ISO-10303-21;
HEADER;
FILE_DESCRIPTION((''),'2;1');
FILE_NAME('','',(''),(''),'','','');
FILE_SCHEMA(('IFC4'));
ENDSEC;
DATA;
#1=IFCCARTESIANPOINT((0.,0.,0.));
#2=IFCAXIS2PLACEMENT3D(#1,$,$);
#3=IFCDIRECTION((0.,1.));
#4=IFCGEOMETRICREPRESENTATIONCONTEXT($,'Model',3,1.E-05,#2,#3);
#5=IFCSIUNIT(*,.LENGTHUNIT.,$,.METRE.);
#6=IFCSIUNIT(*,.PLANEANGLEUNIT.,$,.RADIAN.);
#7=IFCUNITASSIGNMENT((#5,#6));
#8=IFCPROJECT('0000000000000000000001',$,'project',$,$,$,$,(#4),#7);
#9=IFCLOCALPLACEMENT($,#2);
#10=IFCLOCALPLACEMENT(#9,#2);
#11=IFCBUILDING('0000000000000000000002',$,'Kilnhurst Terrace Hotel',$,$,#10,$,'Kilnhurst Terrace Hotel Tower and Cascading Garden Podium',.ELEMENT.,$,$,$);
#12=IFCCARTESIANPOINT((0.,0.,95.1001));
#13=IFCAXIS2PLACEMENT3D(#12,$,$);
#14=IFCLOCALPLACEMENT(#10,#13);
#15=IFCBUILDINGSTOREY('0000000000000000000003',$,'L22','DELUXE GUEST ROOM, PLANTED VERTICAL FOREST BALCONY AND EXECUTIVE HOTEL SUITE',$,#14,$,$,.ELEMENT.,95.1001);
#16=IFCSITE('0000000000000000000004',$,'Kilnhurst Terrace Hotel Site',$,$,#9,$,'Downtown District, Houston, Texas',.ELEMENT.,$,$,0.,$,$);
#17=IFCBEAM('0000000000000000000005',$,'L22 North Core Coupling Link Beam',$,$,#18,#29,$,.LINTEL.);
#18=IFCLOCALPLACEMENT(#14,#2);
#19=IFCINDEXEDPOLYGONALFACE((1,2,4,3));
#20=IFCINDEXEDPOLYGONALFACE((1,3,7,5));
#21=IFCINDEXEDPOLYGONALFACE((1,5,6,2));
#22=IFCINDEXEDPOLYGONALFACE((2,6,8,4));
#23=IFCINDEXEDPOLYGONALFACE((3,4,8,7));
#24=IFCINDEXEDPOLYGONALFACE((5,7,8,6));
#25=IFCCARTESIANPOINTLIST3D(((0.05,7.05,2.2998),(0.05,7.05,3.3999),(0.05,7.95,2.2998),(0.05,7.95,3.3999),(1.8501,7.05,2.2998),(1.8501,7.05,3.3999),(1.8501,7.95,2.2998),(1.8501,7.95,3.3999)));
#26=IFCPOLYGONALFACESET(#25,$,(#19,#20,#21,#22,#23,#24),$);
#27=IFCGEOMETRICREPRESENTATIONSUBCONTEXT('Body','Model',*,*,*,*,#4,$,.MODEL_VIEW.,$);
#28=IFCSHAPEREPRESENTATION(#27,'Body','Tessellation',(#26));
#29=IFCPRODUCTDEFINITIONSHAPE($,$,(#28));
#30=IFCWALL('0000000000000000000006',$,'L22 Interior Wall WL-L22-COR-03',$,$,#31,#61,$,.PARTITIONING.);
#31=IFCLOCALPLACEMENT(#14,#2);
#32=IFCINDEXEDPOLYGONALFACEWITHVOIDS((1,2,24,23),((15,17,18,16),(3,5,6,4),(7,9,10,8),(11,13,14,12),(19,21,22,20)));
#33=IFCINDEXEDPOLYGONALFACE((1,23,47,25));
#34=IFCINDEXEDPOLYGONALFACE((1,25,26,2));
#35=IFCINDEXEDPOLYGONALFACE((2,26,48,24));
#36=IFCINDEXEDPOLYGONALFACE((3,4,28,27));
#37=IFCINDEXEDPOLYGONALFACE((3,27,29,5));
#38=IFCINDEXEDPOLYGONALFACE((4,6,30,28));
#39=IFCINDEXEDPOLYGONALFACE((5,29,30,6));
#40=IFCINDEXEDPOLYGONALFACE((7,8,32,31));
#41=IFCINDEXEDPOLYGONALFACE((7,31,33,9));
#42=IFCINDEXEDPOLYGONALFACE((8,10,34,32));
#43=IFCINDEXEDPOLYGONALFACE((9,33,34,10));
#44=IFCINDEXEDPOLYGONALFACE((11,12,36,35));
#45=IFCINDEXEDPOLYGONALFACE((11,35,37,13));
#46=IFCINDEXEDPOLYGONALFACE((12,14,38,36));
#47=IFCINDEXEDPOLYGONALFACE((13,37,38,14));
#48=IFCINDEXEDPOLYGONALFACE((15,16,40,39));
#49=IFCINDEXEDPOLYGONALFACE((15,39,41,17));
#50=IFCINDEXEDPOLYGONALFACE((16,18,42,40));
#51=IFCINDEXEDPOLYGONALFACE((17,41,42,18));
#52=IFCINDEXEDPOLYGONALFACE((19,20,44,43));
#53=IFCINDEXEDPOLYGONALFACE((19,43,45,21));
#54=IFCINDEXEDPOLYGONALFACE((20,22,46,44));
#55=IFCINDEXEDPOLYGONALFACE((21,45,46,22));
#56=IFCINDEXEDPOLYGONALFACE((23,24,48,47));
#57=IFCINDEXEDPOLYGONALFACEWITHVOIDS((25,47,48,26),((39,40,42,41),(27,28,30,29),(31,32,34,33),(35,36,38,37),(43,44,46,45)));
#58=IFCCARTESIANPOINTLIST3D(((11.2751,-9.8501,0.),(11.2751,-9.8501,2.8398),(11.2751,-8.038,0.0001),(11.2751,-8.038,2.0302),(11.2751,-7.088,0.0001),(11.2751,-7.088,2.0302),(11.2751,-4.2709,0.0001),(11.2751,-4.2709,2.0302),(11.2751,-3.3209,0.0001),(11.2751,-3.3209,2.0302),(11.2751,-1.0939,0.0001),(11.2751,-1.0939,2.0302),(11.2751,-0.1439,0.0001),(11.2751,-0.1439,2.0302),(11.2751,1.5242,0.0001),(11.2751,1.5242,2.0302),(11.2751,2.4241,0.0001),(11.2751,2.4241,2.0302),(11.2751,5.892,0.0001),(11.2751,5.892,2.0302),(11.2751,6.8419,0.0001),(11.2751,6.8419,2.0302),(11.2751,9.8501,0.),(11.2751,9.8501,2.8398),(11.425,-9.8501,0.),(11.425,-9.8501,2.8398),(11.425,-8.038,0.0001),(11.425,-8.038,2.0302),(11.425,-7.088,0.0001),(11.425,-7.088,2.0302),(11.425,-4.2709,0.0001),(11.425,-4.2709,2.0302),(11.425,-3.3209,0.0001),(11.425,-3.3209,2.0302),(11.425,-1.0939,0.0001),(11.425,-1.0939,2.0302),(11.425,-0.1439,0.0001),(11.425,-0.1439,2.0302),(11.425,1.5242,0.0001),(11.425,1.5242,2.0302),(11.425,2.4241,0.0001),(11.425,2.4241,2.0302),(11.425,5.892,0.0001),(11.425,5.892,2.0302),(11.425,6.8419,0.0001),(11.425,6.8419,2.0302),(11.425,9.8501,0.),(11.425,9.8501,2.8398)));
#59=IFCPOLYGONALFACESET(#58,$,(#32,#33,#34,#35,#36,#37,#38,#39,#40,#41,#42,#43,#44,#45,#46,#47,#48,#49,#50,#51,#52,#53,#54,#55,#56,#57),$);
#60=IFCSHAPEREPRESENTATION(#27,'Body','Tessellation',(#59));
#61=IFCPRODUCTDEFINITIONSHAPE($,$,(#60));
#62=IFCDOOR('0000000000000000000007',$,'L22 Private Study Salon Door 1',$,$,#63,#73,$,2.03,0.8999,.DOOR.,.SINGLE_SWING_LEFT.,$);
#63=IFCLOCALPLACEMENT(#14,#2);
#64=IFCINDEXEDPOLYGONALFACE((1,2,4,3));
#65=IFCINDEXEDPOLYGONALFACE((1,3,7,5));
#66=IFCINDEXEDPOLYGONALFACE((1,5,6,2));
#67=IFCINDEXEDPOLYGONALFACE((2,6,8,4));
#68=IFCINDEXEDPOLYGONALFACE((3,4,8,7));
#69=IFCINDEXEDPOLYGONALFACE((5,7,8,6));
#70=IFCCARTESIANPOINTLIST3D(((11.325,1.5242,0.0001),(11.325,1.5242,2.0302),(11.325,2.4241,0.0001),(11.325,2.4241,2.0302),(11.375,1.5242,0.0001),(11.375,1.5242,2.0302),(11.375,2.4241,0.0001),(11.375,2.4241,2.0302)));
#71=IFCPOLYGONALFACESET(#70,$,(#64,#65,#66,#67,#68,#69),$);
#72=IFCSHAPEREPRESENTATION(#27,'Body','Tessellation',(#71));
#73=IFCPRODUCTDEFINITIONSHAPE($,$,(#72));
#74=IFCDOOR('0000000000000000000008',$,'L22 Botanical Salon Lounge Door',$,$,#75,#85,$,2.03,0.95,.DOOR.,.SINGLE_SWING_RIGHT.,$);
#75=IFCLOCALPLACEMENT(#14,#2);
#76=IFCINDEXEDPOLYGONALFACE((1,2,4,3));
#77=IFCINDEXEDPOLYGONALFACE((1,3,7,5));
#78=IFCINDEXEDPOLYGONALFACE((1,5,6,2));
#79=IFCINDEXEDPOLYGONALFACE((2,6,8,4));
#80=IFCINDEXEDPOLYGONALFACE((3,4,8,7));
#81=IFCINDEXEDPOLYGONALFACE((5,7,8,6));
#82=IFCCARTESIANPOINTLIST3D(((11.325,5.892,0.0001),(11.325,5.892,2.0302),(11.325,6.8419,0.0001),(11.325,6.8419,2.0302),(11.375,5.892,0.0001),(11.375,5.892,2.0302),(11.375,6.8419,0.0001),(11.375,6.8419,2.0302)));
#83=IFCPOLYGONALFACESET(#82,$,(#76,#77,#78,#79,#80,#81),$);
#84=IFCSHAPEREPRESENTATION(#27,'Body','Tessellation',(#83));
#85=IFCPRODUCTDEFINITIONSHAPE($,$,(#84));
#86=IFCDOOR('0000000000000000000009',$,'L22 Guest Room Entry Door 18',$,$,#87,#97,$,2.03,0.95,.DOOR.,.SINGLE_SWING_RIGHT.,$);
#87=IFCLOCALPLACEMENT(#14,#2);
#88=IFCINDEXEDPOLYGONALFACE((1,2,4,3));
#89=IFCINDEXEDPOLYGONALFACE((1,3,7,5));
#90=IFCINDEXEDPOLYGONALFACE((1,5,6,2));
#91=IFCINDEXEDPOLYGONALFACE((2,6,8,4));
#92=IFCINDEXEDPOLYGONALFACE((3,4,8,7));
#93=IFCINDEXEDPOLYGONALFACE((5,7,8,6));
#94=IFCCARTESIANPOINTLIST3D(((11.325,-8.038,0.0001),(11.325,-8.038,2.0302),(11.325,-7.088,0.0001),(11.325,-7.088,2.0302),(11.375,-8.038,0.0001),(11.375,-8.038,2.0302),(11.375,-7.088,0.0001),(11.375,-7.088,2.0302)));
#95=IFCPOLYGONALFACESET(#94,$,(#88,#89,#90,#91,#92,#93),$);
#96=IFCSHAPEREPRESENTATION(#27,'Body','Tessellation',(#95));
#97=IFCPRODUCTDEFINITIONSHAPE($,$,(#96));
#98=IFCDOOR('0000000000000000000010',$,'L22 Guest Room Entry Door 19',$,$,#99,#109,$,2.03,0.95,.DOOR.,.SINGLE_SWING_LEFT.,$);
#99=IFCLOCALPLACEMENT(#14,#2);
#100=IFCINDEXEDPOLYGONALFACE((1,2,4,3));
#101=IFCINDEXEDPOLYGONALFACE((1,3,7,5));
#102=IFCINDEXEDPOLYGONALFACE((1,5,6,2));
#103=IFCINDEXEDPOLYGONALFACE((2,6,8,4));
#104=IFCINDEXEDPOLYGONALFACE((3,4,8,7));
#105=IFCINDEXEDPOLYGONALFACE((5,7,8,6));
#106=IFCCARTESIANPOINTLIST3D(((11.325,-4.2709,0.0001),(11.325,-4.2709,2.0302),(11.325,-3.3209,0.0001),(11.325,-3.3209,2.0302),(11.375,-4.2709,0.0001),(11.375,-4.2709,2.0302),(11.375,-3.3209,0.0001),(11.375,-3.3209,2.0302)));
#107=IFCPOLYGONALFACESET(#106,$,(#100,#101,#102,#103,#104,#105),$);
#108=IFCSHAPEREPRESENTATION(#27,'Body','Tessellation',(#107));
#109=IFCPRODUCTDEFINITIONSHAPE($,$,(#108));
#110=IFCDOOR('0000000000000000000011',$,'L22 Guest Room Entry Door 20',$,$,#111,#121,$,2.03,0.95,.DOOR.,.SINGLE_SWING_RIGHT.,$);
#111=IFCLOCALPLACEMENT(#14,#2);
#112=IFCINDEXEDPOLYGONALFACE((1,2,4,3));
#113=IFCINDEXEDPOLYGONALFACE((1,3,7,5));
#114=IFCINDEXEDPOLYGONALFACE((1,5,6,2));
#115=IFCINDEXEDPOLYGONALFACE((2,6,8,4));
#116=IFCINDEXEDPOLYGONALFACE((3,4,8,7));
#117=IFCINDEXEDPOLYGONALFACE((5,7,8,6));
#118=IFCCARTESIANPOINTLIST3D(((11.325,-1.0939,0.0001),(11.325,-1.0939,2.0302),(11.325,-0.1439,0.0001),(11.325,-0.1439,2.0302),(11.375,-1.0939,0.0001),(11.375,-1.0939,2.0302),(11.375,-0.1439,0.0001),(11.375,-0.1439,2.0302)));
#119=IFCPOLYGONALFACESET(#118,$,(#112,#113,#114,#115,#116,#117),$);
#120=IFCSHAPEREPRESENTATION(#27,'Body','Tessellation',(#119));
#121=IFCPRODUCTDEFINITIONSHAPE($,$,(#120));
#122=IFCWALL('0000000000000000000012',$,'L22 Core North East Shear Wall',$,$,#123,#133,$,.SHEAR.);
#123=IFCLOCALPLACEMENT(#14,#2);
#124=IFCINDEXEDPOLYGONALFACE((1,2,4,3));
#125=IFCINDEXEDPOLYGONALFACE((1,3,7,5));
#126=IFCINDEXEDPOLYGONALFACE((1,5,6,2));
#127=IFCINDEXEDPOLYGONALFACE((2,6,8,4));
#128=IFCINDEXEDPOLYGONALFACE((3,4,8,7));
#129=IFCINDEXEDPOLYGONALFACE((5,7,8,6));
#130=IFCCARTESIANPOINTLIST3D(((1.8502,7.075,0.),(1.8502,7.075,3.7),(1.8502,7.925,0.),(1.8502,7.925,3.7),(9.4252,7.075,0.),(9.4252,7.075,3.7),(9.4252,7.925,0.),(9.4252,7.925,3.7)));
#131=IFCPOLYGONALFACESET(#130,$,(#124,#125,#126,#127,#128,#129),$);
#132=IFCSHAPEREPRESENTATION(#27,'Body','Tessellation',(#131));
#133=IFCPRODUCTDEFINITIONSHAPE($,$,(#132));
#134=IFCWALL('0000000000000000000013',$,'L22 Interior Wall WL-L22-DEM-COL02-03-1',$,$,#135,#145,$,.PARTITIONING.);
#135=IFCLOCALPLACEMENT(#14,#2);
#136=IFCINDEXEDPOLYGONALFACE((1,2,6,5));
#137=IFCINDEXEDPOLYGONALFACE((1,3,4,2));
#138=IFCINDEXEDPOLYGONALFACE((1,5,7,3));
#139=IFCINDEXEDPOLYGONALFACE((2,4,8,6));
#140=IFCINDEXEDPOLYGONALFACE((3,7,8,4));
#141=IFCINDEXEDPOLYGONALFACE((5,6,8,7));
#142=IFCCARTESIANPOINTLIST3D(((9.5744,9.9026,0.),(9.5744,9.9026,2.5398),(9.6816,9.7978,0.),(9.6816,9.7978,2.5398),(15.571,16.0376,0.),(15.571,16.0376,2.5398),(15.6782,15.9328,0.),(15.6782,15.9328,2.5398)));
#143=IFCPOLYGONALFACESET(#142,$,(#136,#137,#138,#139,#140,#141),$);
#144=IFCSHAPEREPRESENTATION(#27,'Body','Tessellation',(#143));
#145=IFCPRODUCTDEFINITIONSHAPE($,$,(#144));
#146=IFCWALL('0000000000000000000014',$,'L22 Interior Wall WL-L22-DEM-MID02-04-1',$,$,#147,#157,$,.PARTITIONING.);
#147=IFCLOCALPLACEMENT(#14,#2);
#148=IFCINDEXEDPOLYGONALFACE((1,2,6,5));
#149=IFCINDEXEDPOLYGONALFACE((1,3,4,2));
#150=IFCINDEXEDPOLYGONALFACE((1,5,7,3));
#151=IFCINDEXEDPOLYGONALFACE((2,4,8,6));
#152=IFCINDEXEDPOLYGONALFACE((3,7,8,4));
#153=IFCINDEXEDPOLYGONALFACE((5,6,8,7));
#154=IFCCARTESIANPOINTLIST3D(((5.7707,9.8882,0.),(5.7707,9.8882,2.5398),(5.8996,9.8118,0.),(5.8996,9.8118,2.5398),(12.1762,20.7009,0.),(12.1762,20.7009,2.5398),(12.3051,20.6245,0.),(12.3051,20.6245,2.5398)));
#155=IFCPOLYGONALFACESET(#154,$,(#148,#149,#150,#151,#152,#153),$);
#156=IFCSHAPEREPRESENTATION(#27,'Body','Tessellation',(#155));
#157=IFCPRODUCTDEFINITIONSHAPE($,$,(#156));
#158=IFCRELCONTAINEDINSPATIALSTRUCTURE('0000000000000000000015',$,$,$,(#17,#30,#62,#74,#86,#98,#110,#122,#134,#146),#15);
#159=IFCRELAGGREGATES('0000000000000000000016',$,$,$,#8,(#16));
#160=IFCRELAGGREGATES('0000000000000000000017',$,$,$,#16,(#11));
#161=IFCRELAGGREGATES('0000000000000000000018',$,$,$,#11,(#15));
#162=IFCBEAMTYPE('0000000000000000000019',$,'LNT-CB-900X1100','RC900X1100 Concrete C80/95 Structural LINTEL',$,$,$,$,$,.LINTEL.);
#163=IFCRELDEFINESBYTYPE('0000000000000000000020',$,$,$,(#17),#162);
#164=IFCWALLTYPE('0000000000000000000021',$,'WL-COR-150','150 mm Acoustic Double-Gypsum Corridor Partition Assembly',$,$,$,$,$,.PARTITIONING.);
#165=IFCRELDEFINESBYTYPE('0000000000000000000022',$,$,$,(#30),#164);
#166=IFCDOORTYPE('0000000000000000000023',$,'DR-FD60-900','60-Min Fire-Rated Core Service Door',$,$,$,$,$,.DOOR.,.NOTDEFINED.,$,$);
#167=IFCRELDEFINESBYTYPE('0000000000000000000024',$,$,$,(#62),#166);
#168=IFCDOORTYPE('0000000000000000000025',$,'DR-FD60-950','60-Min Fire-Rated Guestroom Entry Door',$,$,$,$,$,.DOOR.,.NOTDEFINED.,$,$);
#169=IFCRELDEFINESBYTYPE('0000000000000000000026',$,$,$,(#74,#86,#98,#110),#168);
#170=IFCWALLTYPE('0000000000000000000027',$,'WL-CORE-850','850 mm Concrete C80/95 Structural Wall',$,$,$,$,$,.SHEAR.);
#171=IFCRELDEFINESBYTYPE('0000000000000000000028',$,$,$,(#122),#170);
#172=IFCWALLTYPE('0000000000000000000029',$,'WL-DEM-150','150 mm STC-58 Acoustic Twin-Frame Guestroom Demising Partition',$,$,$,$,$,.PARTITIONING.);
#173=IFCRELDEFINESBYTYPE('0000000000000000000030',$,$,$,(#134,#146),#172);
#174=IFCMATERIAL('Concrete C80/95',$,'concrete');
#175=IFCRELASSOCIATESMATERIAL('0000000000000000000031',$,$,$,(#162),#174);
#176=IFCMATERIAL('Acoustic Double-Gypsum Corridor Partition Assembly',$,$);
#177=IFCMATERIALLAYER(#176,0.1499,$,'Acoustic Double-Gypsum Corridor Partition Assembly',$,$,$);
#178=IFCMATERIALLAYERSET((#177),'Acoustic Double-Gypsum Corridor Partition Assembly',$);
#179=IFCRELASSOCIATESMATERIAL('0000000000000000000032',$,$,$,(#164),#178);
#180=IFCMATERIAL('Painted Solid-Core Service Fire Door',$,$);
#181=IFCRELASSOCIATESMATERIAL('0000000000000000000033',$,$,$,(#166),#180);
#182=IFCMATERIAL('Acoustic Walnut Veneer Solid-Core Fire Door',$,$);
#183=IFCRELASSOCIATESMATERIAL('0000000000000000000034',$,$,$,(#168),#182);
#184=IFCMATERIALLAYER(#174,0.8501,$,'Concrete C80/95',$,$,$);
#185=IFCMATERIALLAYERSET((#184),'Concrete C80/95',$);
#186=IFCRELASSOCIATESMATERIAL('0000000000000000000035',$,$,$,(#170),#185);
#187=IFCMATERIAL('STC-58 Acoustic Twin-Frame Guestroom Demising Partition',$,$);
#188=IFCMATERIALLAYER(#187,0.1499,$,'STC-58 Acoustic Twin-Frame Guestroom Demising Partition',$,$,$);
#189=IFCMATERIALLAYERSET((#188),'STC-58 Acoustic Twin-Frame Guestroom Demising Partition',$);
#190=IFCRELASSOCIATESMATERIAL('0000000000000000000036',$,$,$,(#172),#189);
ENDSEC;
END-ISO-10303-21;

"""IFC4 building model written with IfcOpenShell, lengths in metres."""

from ifc_helpers import new_model, si_unit, direction, frame, frame_2d, origin, origin_2d, place, context, subcontext, project, spatial, rectangle, extrude, material, layer, layer_set, material_profile, profile_set, type_object, element, fill, save


model = new_model("IFC4")

# Units and contexts
model_context = context("Model", 3, precision=1e-05, world=origin(), true_north=direction((0.0, 1.0)))
body_context = subcontext(model_context, "Body", "Model", "MODEL_VIEW")
ifc_project = project(units=[si_unit("LENGTHUNIT", "METRE"), si_unit("PLANEANGLEUNIT", "RADIAN")], contexts=[model_context])

# Site, building, storey
site_placement = place(None, origin())
site = spatial("IfcSite", under=ifc_project, at=site_placement, Name="Kilnhurst Terrace Hotel Site", LongName="Downtown District, Houston, Texas", CompositionType="ELEMENT", RefElevation=0.0)
building_placement = place(site_placement, origin())
building = spatial("IfcBuilding", under=site, at=building_placement, Name="Kilnhurst Terrace Hotel", LongName="Kilnhurst Terrace Hotel Tower and Cascading Garden Podium", CompositionType="ELEMENT")
storey_placement = place(building_placement, frame((0.0, 0.0, 95.1001)))
storey = spatial("IfcBuildingStorey", under=building, at=storey_placement, Name="L22", Description="DELUXE GUEST ROOM, PLANTED VERTICAL FOREST BALCONY AND EXECUTIVE HOTEL SUITE", CompositionType="ELEMENT", Elevation=95.1001)

# Beam
ifc_material_1 = material(Name="Concrete C80/95", Category="concrete")
ifc_material_profile_1 = material_profile(ifc_material_1, rectangle(XDim=0.8999, YDim=1.1001, at=origin_2d()), Name="RC900X1100")
ifc_profile_set_1 = profile_set([ifc_material_profile_1], Name="Concrete C80/95")
beam_type_1 = type_object("IfcBeamType", Name="LNT-CB-900X1100", Description="RC900X1100 Concrete C80/95 Structural LINTEL", PredefinedType="LINTEL", material=ifc_profile_set_1)
beam_1_placement = place(storey_placement, frame((0.05, 7.5, 2.8499), z_axis=(1.0, 0.0, 0.0), x_axis=(0.0, 1.0, 0.0)))
element("IfcBeam", 1, at=beam_1_placement, inside=storey, type_object=beam_type_1, Name="L22 North Core Coupling Link Beam", PredefinedType="LINTEL", context=body_context, shape_type="SweptSolid", body=[
    extrude(rectangle(XDim=0.8999, YDim=1.1001, at=origin_2d()), origin(), (0.0, 0.0, 1.0), 1.8),
])

# Wall, openings, doors
ifc_material_2 = material(Name="Acoustic Double-Gypsum Corridor Partition Assembly")
ifc_layer_1 = layer(ifc_material_2, 0.1499, Name="Acoustic Double-Gypsum Corridor Partition Assembly")
ifc_layer_set_1 = layer_set([ifc_layer_1], Name="Acoustic Double-Gypsum Corridor Partition Assembly")
wall_type_1 = type_object("IfcWallType", Name="WL-COR-150", Description="150 mm Acoustic Double-Gypsum Corridor Partition Assembly", PredefinedType="PARTITIONING", material=ifc_layer_set_1)
wall_1_placement = place(storey_placement, frame((11.3501, 9.8501, 0.0), z_axis=(0.0, 0.0, 1.0), x_axis=(0.0, -1.0, 0.0)))
wall_1 = element("IfcWall", 2, at=wall_1_placement, inside=storey, type_object=wall_type_1, Name="L22 Interior Wall WL-L22-COR-03", PredefinedType="PARTITIONING", context=body_context, shape_type="SweptSolid", body=[
    extrude(rectangle(XDim=19.7002, YDim=0.1499, at=frame_2d((9.8501, 0.0))), origin(), (0.0, 0.0, 1.0), 2.8398),
])
opening_1_placement = place(wall_1_placement, frame((7.426, 0.0, 0.0)))
opening_1 = element("IfcOpeningElement", 3, at=opening_1_placement, cuts=wall_1, PredefinedType="OPENING", context=body_context, shape_type="SweptSolid", body=[
    extrude(rectangle(XDim=0.8999, YDim=2.03, at=frame_2d((0.45, 1.0151))), frame((0.0, 0.085, 0.0), z_axis=(0.0, -1.0, 0.0), x_axis=(1.0, 0.0, 0.0)), (0.0, 0.0, 1.0), 0.1699),
])
opening_2_placement = place(wall_1_placement, frame((3.0081, 0.0, 0.0)))
opening_2 = element("IfcOpeningElement", 4, at=opening_2_placement, cuts=wall_1, PredefinedType="OPENING", context=body_context, shape_type="SweptSolid", body=[
    extrude(rectangle(XDim=0.95, YDim=2.03, at=frame_2d((0.4751, 1.0151))), frame((0.0, 0.085, 0.0), z_axis=(0.0, -1.0, 0.0), x_axis=(1.0, 0.0, 0.0)), (0.0, 0.0, 1.0), 0.1699),
])
opening_3_placement = place(wall_1_placement, frame((16.938, 0.0, 0.0)))
opening_3 = element("IfcOpeningElement", 5, at=opening_3_placement, cuts=wall_1, PredefinedType="OPENING", context=body_context, shape_type="SweptSolid", body=[
    extrude(rectangle(XDim=0.95, YDim=2.03, at=frame_2d((0.4751, 1.0151))), frame((0.0, 0.085, 0.0), z_axis=(0.0, -1.0, 0.0), x_axis=(1.0, 0.0, 0.0)), (0.0, 0.0, 1.0), 0.1699),
])
opening_4_placement = place(wall_1_placement, frame((13.1709, 0.0, 0.0)))
opening_4 = element("IfcOpeningElement", 6, at=opening_4_placement, cuts=wall_1, PredefinedType="OPENING", context=body_context, shape_type="SweptSolid", body=[
    extrude(rectangle(XDim=0.95, YDim=2.03, at=frame_2d((0.4751, 1.0151))), frame((0.0, 0.085, 0.0), z_axis=(0.0, -1.0, 0.0), x_axis=(1.0, 0.0, 0.0)), (0.0, 0.0, 1.0), 0.1699),
])
opening_5_placement = place(wall_1_placement, frame((9.9939, 0.0, 0.0)))
opening_5 = element("IfcOpeningElement", 7, at=opening_5_placement, cuts=wall_1, PredefinedType="OPENING", context=body_context, shape_type="SweptSolid", body=[
    extrude(rectangle(XDim=0.95, YDim=2.03, at=frame_2d((0.4751, 1.0151))), frame((0.0, 0.085, 0.0), z_axis=(0.0, -1.0, 0.0), x_axis=(1.0, 0.0, 0.0)), (0.0, 0.0, 1.0), 0.1699),
])
ifc_material_3 = material(Name="Painted Solid-Core Service Fire Door")
door_type_1 = type_object("IfcDoorType", Name="DR-FD60-900", Description="60-Min Fire-Rated Core Service Door", OperationType="NOTDEFINED", PredefinedType="DOOR", material=ifc_material_3)
door_1_placement = place(opening_1_placement, origin())
door_1 = element("IfcDoor", 8, at=door_1_placement, inside=storey, type_object=door_type_1, Name="L22 Private Study Salon Door 1", OperationType="SINGLE_SWING_LEFT", OverallHeight=2.03, OverallWidth=0.8999, PredefinedType="DOOR", context=body_context, shape_type="SweptSolid", body=[
    extrude(rectangle(XDim=0.8999, YDim=2.03, at=frame_2d((0.45, 1.0151))), frame((0.0, 0.0249, 0.0), z_axis=(0.0, -1.0, 0.0), x_axis=(1.0, 0.0, 0.0)), (0.0, 0.0, 1.0), 0.05),
])
fill(opening_1, door_1)
ifc_material_4 = material(Name="Acoustic Walnut Veneer Solid-Core Fire Door")
door_type_2 = type_object("IfcDoorType", Name="DR-FD60-950", Description="60-Min Fire-Rated Guestroom Entry Door", OperationType="NOTDEFINED", PredefinedType="DOOR", material=ifc_material_4)
door_2_placement = place(opening_2_placement, origin())
door_2 = element("IfcDoor", 9, at=door_2_placement, inside=storey, type_object=door_type_2, Name="L22 Botanical Salon Lounge Door", OperationType="SINGLE_SWING_RIGHT", OverallHeight=2.03, OverallWidth=0.95, PredefinedType="DOOR", context=body_context, shape_type="SweptSolid", body=[
    extrude(rectangle(XDim=0.95, YDim=2.03, at=frame_2d((0.4751, 1.0151))), frame((0.0, 0.0249, 0.0), z_axis=(0.0, -1.0, 0.0), x_axis=(1.0, 0.0, 0.0)), (0.0, 0.0, 1.0), 0.05),
])
fill(opening_2, door_2)
door_3_placement = place(opening_3_placement, origin())
door_3 = element("IfcDoor", 10, at=door_3_placement, inside=storey, type_object=door_type_2, Name="L22 Guest Room Entry Door 18", OperationType="SINGLE_SWING_RIGHT", OverallHeight=2.03, OverallWidth=0.95, PredefinedType="DOOR", context=body_context, shape_type="SweptSolid", body=[
    extrude(rectangle(XDim=0.95, YDim=2.03, at=frame_2d((0.4751, 1.0151))), frame((0.0, 0.0249, 0.0), z_axis=(0.0, -1.0, 0.0), x_axis=(1.0, 0.0, 0.0)), (0.0, 0.0, 1.0), 0.05),
])
fill(opening_3, door_3)
door_4_placement = place(opening_4_placement, origin())
door_4 = element("IfcDoor", 11, at=door_4_placement, inside=storey, type_object=door_type_2, Name="L22 Guest Room Entry Door 19", OperationType="SINGLE_SWING_LEFT", OverallHeight=2.03, OverallWidth=0.95, PredefinedType="DOOR", context=body_context, shape_type="SweptSolid", body=[
    extrude(rectangle(XDim=0.95, YDim=2.03, at=frame_2d((0.4751, 1.0151))), frame((0.0, 0.0249, 0.0), z_axis=(0.0, -1.0, 0.0), x_axis=(1.0, 0.0, 0.0)), (0.0, 0.0, 1.0), 0.05),
])
fill(opening_4, door_4)
door_5_placement = place(opening_5_placement, origin())
door_5 = element("IfcDoor", 12, at=door_5_placement, inside=storey, type_object=door_type_2, Name="L22 Guest Room Entry Door 20", OperationType="SINGLE_SWING_RIGHT", OverallHeight=2.03, OverallWidth=0.95, PredefinedType="DOOR", context=body_context, shape_type="SweptSolid", body=[
    extrude(rectangle(XDim=0.95, YDim=2.03, at=frame_2d((0.4751, 1.0151))), frame((0.0, 0.0249, 0.0), z_axis=(0.0, -1.0, 0.0), x_axis=(1.0, 0.0, 0.0)), (0.0, 0.0, 1.0), 0.05),
])
fill(opening_5, door_5)

# Walls
ifc_layer_2 = layer(ifc_material_1, 0.8501, Name="Concrete C80/95")
ifc_layer_set_2 = layer_set([ifc_layer_2], Name="Concrete C80/95")
wall_type_2 = type_object("IfcWallType", Name="WL-CORE-850", Description="850 mm Concrete C80/95 Structural Wall", PredefinedType="SHEAR", material=ifc_layer_set_2)
wall_2_placement = place(storey_placement, frame((1.8501, 7.5, 0.0), z_axis=(0.0, 0.0, 1.0), x_axis=(1.0, 0.0, 0.0)))
element("IfcWall", 13, at=wall_2_placement, inside=storey, type_object=wall_type_2, Name="L22 Core North East Shear Wall", PredefinedType="SHEAR", context=body_context, shape_type="SweptSolid", body=[
    extrude(rectangle(XDim=7.575, YDim=0.8501, at=frame_2d((3.7876, 0.0))), origin(), (0.0, 0.0, 1.0), 3.7),
])
ifc_material_5 = material(Name="STC-58 Acoustic Twin-Frame Guestroom Demising Partition")
ifc_layer_3 = layer(ifc_material_5, 0.1499, Name="STC-58 Acoustic Twin-Frame Guestroom Demising Partition")
ifc_layer_set_3 = layer_set([ifc_layer_3], Name="STC-58 Acoustic Twin-Frame Guestroom Demising Partition")
wall_type_3 = type_object("IfcWallType", Name="WL-DEM-150", Description="150 mm STC-58 Acoustic Twin-Frame Guestroom Demising Partition", PredefinedType="PARTITIONING", material=ifc_layer_set_3)
wall_3_placement = place(storey_placement, frame((9.6279, 9.8501, 0.0), z_axis=(0.0, 0.0, 1.0), x_axis=(0.698993, 0.715129, 0.0)))
element("IfcWall", 14, at=wall_3_placement, inside=storey, type_object=wall_type_3, Name="L22 Interior Wall WL-L22-DEM-COL02-03-1", PredefinedType="PARTITIONING", context=body_context, shape_type="SweptSolid", body=[
    extrude(rectangle(XDim=8.5789, YDim=0.1499, at=frame_2d((4.2896, 0.0))), origin(), (0.0, 0.0, 1.0), 2.5398),
])
wall_4_placement = place(storey_placement, frame((5.8352, 9.8501, 0.0), z_axis=(0.0, 0.0, 1.0), x_axis=(0.509683, 0.860363, 0.0)))
element("IfcWall", 15, at=wall_4_placement, inside=storey, type_object=wall_type_3, Name="L22 Interior Wall WL-L22-DEM-MID02-04-1", PredefinedType="PARTITIONING", context=body_context, shape_type="SweptSolid", body=[
    extrude(rectangle(XDim=12.5676, YDim=0.1499, at=frame_2d((6.2837, 0.0))), origin(), (0.0, 0.0, 1.0), 2.5398),
])

save(model, "model.ifc")
